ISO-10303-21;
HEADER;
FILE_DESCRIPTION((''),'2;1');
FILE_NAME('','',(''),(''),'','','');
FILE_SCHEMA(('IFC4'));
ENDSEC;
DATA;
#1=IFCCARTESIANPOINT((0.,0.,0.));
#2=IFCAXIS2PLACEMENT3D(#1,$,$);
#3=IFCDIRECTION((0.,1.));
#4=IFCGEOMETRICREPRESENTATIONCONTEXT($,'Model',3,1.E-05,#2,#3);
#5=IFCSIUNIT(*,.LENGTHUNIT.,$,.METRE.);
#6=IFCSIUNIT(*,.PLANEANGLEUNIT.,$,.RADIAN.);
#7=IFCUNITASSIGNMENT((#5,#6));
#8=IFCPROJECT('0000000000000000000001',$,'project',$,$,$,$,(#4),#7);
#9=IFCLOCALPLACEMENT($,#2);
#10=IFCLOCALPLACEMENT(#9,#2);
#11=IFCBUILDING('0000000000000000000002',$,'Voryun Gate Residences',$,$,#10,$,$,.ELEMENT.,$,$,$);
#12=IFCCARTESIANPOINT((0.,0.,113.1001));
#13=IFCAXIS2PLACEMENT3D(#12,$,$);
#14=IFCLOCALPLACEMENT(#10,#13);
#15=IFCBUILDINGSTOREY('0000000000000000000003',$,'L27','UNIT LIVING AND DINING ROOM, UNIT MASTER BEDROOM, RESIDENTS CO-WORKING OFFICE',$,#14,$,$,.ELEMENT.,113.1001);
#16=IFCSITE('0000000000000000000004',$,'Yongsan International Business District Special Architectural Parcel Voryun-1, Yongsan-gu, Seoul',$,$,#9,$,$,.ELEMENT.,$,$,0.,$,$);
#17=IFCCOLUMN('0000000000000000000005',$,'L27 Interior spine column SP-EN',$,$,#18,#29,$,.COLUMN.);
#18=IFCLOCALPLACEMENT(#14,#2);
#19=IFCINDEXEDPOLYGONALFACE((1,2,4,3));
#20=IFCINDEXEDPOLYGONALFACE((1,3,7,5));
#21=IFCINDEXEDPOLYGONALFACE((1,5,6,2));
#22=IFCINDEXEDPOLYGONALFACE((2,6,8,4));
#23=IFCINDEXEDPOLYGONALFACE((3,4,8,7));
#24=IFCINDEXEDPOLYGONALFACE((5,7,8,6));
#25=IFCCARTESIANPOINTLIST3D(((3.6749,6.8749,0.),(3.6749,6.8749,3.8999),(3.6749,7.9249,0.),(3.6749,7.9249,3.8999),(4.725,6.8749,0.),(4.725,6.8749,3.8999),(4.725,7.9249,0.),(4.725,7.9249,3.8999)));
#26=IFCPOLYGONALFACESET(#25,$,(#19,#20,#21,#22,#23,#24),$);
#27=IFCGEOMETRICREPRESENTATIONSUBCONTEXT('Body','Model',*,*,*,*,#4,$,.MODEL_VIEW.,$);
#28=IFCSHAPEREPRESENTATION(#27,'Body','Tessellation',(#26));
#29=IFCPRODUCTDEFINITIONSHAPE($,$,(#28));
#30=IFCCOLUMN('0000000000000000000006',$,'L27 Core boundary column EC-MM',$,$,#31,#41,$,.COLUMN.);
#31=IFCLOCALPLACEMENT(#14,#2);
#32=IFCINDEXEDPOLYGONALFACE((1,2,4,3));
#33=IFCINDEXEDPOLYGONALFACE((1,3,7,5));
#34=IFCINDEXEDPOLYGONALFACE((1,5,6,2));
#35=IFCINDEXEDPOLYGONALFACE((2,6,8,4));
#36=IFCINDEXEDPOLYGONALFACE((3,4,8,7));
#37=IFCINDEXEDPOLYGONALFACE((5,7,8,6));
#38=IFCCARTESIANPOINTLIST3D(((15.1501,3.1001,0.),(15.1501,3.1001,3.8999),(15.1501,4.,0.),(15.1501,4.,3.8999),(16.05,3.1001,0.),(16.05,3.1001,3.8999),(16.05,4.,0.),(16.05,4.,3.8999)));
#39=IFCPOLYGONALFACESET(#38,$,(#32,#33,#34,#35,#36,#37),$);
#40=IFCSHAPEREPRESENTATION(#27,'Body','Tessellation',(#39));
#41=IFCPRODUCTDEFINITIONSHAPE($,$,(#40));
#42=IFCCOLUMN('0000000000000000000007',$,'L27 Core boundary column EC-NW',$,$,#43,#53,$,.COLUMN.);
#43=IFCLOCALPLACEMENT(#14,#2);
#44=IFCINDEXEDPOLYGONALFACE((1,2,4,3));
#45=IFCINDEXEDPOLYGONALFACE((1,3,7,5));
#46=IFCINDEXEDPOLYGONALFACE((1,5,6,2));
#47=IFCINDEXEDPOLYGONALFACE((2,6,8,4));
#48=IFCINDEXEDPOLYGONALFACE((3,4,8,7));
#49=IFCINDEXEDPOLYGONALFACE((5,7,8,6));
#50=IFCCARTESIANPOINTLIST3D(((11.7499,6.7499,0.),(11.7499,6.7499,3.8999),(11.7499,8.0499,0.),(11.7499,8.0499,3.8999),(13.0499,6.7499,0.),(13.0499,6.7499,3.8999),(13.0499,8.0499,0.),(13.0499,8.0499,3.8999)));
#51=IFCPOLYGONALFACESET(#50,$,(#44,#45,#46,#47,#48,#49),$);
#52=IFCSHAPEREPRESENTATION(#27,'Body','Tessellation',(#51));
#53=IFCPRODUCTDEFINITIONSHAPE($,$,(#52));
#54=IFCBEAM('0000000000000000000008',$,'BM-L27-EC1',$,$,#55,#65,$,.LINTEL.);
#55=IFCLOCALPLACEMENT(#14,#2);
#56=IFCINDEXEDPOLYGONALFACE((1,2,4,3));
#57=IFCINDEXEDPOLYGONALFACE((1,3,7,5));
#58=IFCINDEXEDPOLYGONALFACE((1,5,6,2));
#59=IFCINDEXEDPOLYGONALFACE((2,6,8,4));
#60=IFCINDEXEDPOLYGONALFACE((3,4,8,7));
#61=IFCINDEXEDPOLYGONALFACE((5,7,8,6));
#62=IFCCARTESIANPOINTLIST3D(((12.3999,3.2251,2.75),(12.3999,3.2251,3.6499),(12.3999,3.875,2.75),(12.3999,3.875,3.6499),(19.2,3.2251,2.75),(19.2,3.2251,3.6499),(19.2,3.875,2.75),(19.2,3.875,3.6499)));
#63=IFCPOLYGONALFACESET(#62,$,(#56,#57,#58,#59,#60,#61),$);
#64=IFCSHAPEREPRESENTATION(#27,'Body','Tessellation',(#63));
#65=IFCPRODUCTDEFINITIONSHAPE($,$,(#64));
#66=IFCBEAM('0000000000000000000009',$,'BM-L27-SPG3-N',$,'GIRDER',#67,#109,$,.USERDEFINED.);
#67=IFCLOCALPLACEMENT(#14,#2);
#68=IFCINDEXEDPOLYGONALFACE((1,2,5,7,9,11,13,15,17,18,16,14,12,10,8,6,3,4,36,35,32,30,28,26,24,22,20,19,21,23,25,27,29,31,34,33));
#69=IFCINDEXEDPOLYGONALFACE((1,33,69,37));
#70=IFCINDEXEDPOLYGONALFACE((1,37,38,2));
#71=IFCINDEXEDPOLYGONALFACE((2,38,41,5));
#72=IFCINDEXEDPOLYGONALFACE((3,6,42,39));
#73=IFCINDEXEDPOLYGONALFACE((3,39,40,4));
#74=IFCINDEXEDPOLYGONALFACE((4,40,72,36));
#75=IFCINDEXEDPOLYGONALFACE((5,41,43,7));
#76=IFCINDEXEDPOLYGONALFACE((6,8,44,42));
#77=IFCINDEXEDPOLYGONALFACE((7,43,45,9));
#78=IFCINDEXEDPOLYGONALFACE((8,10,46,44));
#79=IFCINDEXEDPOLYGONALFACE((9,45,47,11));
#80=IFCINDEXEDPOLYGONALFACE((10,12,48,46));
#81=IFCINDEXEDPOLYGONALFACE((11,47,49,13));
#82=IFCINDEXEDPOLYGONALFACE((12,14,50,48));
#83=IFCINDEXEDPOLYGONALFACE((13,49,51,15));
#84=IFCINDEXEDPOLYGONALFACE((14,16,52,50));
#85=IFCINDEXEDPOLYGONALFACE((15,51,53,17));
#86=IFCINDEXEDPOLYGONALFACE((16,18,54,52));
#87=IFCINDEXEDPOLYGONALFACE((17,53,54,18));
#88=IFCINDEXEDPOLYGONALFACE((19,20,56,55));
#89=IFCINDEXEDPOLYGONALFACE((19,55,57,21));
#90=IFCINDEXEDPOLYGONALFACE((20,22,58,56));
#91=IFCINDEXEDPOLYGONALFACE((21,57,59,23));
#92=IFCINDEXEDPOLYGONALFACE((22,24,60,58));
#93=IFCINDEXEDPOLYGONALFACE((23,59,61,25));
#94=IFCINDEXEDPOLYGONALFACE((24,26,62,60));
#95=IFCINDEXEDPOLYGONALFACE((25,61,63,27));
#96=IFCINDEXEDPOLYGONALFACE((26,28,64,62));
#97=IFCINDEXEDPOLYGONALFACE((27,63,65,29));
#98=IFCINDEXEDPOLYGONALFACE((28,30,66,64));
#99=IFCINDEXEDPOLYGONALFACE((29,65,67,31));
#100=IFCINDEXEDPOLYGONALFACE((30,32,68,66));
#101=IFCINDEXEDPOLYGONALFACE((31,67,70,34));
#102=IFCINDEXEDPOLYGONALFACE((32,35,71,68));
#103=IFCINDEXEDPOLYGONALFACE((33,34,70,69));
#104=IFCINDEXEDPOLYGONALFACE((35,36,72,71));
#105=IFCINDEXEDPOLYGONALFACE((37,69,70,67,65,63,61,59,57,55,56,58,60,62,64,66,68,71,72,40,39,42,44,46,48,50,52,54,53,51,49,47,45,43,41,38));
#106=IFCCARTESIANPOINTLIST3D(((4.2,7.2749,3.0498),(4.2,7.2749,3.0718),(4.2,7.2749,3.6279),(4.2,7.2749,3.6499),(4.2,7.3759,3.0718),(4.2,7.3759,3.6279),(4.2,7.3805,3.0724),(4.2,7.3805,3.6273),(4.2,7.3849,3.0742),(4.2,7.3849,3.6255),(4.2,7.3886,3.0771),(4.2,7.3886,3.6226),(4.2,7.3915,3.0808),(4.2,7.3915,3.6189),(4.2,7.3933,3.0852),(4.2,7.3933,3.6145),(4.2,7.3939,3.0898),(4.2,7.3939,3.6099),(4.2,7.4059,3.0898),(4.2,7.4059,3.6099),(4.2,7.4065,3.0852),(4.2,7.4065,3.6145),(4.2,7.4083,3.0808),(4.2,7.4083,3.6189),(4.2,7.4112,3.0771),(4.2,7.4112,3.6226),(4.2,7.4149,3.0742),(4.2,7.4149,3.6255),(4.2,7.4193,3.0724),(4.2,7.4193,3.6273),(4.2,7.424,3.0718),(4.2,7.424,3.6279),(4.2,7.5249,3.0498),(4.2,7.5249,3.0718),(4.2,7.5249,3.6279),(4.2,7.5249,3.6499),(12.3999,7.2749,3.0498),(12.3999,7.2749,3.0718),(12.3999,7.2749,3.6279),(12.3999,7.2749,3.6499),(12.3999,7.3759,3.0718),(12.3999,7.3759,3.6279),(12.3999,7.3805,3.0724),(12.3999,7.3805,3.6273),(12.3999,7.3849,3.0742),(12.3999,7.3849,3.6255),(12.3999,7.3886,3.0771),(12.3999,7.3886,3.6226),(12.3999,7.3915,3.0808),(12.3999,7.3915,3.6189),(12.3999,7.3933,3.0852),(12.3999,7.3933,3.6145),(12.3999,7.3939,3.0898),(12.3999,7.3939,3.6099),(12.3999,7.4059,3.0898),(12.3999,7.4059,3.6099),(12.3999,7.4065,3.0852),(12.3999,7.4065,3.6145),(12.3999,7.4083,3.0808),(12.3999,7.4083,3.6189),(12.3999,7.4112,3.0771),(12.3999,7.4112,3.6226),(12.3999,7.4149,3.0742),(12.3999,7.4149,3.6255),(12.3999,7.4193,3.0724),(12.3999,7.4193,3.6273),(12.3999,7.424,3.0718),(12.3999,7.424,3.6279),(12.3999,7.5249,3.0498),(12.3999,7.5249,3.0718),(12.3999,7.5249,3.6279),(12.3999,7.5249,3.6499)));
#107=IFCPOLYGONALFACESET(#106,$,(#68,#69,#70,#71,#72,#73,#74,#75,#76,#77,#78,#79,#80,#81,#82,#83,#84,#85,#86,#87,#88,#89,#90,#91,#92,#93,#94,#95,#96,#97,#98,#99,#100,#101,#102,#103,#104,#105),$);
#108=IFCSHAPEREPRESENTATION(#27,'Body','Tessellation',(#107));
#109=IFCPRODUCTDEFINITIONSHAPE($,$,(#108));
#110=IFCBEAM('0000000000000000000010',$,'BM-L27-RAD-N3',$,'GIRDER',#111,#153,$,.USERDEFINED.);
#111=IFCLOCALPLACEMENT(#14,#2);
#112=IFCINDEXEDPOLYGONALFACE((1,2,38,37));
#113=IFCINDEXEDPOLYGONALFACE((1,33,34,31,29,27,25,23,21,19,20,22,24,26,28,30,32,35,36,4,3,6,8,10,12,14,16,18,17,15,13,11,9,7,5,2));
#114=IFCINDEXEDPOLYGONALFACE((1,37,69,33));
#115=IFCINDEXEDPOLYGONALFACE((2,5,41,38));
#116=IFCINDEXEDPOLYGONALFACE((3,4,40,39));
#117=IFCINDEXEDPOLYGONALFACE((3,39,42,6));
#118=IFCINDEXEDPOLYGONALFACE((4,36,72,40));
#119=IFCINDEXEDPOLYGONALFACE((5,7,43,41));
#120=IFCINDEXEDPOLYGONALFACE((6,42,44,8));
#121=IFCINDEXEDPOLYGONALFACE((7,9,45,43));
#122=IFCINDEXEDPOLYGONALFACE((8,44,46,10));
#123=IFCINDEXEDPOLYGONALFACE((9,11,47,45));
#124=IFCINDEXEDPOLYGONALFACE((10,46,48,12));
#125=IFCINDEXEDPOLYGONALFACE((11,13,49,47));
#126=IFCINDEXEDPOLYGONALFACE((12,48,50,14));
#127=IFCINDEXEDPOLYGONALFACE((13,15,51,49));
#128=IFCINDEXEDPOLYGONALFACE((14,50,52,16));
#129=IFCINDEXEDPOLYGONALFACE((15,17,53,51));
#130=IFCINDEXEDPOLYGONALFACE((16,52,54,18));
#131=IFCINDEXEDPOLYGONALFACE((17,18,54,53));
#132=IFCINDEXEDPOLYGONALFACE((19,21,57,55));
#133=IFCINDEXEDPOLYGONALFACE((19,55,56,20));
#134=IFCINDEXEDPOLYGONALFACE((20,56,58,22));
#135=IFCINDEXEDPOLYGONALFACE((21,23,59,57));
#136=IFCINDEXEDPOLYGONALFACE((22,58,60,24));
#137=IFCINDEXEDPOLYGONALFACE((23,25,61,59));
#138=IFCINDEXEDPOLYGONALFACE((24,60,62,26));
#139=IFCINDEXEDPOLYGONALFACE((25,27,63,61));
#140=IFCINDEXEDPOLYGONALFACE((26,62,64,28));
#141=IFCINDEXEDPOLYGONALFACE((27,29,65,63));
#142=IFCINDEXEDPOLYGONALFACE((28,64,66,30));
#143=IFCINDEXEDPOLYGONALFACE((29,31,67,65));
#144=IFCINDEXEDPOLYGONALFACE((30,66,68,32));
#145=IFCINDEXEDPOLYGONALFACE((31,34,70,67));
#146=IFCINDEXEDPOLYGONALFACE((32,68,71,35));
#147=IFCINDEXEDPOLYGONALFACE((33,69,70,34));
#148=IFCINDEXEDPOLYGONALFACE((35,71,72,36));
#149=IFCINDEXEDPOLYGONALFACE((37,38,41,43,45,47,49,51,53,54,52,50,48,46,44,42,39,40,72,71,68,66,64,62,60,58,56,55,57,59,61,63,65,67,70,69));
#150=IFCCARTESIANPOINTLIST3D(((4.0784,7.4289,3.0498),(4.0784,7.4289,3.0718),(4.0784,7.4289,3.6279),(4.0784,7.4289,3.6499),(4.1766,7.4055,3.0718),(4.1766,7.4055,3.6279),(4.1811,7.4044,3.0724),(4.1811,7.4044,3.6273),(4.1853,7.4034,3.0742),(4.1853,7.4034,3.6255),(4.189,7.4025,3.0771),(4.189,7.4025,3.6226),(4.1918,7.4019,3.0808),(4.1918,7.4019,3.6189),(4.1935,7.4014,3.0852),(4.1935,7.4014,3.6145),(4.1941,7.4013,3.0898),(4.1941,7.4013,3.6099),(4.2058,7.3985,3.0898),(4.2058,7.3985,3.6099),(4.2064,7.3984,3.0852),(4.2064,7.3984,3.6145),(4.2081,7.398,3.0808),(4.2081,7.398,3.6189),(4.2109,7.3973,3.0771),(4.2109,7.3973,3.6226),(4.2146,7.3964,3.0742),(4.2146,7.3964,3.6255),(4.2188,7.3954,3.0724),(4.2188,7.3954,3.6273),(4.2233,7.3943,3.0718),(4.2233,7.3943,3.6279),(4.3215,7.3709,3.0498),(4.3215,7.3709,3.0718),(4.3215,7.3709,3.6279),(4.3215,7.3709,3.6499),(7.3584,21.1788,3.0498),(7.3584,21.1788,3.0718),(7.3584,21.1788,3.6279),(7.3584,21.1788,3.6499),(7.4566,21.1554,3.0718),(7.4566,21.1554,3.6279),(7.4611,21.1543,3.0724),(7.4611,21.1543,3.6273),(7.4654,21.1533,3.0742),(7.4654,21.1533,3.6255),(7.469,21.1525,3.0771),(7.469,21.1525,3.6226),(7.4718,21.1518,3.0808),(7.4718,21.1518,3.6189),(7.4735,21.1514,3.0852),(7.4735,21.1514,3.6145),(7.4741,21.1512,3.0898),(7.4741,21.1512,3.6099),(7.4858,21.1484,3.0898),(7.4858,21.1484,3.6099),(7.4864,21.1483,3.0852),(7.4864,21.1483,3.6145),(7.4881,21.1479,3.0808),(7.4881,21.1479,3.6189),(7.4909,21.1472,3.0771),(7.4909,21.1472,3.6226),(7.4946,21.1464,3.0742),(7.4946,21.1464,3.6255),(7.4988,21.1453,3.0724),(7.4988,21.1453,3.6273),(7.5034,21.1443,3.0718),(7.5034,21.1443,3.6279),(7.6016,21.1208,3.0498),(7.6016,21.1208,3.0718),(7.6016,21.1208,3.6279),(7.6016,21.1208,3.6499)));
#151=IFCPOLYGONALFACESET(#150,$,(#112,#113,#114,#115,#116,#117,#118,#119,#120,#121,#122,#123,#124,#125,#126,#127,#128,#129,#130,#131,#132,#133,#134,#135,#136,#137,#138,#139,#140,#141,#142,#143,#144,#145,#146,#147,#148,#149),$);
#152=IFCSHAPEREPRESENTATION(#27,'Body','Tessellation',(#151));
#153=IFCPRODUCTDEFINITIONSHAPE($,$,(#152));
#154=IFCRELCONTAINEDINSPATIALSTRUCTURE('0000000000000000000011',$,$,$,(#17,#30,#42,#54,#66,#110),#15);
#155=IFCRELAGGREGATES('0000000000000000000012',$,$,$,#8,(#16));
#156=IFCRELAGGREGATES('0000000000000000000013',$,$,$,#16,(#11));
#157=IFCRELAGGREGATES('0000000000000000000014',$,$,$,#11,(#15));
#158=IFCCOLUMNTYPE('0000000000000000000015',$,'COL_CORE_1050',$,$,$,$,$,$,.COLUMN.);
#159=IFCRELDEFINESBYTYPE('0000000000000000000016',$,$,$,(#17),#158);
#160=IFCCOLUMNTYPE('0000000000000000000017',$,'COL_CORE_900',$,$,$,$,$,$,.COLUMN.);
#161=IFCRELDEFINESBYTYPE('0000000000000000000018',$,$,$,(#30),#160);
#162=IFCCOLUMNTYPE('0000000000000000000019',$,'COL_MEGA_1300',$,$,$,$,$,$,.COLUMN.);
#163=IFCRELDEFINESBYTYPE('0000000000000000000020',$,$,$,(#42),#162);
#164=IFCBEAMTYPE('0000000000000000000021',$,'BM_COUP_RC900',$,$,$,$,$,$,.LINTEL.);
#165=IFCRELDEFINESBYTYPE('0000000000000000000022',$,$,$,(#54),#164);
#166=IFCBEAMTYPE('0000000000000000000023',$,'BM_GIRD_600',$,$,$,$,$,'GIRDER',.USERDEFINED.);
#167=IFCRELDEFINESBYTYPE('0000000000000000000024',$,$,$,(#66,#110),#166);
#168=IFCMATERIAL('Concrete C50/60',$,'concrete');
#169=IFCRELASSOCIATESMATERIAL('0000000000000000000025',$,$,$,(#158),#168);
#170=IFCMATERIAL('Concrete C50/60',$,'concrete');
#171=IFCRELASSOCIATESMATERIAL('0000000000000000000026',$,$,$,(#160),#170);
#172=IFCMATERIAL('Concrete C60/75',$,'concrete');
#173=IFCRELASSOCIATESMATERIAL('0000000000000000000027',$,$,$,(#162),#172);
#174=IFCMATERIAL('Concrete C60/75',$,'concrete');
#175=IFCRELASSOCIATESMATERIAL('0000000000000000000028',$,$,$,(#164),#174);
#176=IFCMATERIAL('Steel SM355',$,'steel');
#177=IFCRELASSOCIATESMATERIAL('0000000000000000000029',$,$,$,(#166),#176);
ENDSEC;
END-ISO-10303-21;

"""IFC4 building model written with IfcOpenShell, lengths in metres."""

from ifc_helpers import new_model, si_unit, direction, frame, origin, origin_2d, place, context, subcontext, project, spatial, rectangle, i_section, extrude, material, material_profile, profile_set, type_object, element, save


model = new_model("IFC4")

# Units and contexts
model_context = context("Model", 3, precision=1e-05, world=origin(), true_north=direction((0.0, 1.0)))
body_context = subcontext(model_context, "Body", "Model", "MODEL_VIEW")
ifc_project = project(units=[si_unit("LENGTHUNIT", "METRE"), si_unit("PLANEANGLEUNIT", "RADIAN")], contexts=[model_context])

# Site, building, storey
site_placement = place(None, origin())
site = spatial("IfcSite", under=ifc_project, at=site_placement, Name="Yongsan International Business District Special Architectural Parcel Voryun-1, Yongsan-gu, Seoul", CompositionType="ELEMENT", RefElevation=0.0)
building_placement = place(site_placement, origin())
building = spatial("IfcBuilding", under=site, at=building_placement, Name="Voryun Gate Residences", CompositionType="ELEMENT")
storey_placement = place(building_placement, frame((0.0, 0.0, 113.1001)))
storey = spatial("IfcBuildingStorey", under=building, at=storey_placement, Name="L27", Description="UNIT LIVING AND DINING ROOM, UNIT MASTER BEDROOM, RESIDENTS CO-WORKING OFFICE", CompositionType="ELEMENT", Elevation=113.1001)

# Columns
ifc_material_1 = material(Name="Concrete C50/60", Category="concrete")
ifc_material_profile_1 = material_profile(ifc_material_1, rectangle(XDim=1.05, YDim=1.05, at=origin_2d()), Name="RC-1050x1050")
ifc_profile_set_1 = profile_set([ifc_material_profile_1], Name="Concrete C50/60")
column_type_1 = type_object("IfcColumnType", Name="COL_CORE_1050", PredefinedType="COLUMN", material=ifc_profile_set_1)
column_1_placement = place(storey_placement, frame((4.2, 7.3999, 0.0), z_axis=(0.0, 0.0, 1.0), x_axis=(1.0, 0.0, 0.0)))
element("IfcColumn", 1, at=column_1_placement, inside=storey, type_object=column_type_1, Name="L27 Interior spine column SP-EN", PredefinedType="COLUMN", context=body_context, shape_type="SweptSolid", body=[
    extrude(rectangle(XDim=1.05, YDim=1.05, at=origin_2d()), origin(), (0.0, 0.0, 1.0), 3.8999),
])
ifc_material_2 = material(Name="Concrete C50/60", Category="concrete")
ifc_material_profile_2 = material_profile(ifc_material_2, rectangle(XDim=0.8999, YDim=0.8999, at=origin_2d()), Name="RC-900x900")
ifc_profile_set_2 = profile_set([ifc_material_profile_2], Name="Concrete C50/60")
column_type_2 = type_object("IfcColumnType", Name="COL_CORE_900", PredefinedType="COLUMN", material=ifc_profile_set_2)
column_2_placement = place(storey_placement, frame((15.6001, 3.55, 0.0), z_axis=(0.0, 0.0, 1.0), x_axis=(1.0, 0.0, 0.0)))
element("IfcColumn", 2, at=column_2_placement, inside=storey, type_object=column_type_2, Name="L27 Core boundary column EC-MM", PredefinedType="COLUMN", context=body_context, shape_type="SweptSolid", body=[
    extrude(rectangle(XDim=0.8999, YDim=0.8999, at=origin_2d()), origin(), (0.0, 0.0, 1.0), 3.8999),
])
ifc_material_3 = material(Name="Concrete C60/75", Category="concrete")
ifc_material_profile_3 = material_profile(ifc_material_3, rectangle(XDim=1.3, YDim=1.3, at=origin_2d()), Name="RC-1300x1300")
ifc_profile_set_3 = profile_set([ifc_material_profile_3], Name="Concrete C60/75")
column_type_3 = type_object("IfcColumnType", Name="COL_MEGA_1300", PredefinedType="COLUMN", material=ifc_profile_set_3)
column_3_placement = place(storey_placement, frame((12.3999, 7.3999, 0.0), z_axis=(0.0, 0.0, 1.0), x_axis=(1.0, 0.0, 0.0)))
element("IfcColumn", 3, at=column_3_placement, inside=storey, type_object=column_type_3, Name="L27 Core boundary column EC-NW", PredefinedType="COLUMN", context=body_context, shape_type="SweptSolid", body=[
    extrude(rectangle(XDim=1.3, YDim=1.3, at=origin_2d()), origin(), (0.0, 0.0, 1.0), 3.8999),
])

# Beams
ifc_material_4 = material(Name="Concrete C60/75", Category="concrete")
ifc_material_profile_4 = material_profile(ifc_material_4, rectangle(XDim=0.6499, YDim=0.8999, at=origin_2d()), Name="RC-650x900")
ifc_profile_set_4 = profile_set([ifc_material_profile_4], Name="Concrete C60/75")
beam_type_1 = type_object("IfcBeamType", Name="BM_COUP_RC900", PredefinedType="LINTEL", material=ifc_profile_set_4)
beam_1_placement = place(storey_placement, frame((12.3999, 3.55, 3.2), z_axis=(1.0, 0.0, 0.0), x_axis=(0.0, 1.0, 0.0)))
element("IfcBeam", 4, at=beam_1_placement, inside=storey, type_object=beam_type_1, Name="BM-L27-EC1", PredefinedType="LINTEL", context=body_context, shape_type="SweptSolid", body=[
    extrude(rectangle(XDim=0.6499, YDim=0.8999, at=origin_2d()), origin(), (0.0, 0.0, 1.0), 6.8),
])
ifc_material_5 = material(Name="Steel SM355", Category="steel")
ifc_material_profile_5 = material_profile(ifc_material_5, i_section(OverallWidth=0.25, OverallDepth=0.6001, WebThickness=0.012, FlangeThickness=0.022, FilletRadius=0.0181, at=origin_2d()), Name="H-600x250x12x22")
ifc_profile_set_5 = profile_set([ifc_material_profile_5], Name="Steel SM355")
beam_type_2 = type_object("IfcBeamType", Name="BM_GIRD_600", ElementType="GIRDER", PredefinedType="USERDEFINED", material=ifc_profile_set_5)
beam_2_placement = place(storey_placement, frame((4.2, 7.3999, 3.3499), z_axis=(1.0, 0.0, 0.0), x_axis=(0.0, 1.0, 0.0)))
element("IfcBeam", 5, at=beam_2_placement, inside=storey, type_object=beam_type_2, Name="BM-L27-SPG3-N", ObjectType="GIRDER", PredefinedType="USERDEFINED", context=body_context, shape_type="SweptSolid", body=[
    extrude(i_section(OverallWidth=0.25, OverallDepth=0.6001, WebThickness=0.012, FlangeThickness=0.022, FilletRadius=0.0181, at=origin_2d()), origin(), (0.0, 0.0, 1.0), 8.2),
])
beam_3_placement = place(storey_placement, frame((4.2, 7.3999, 3.3499), z_axis=(0.232037, 0.972707, 0.0), x_axis=(-0.972707, 0.232037, 0.0)))
element("IfcBeam", 6, at=beam_3_placement, inside=storey, type_object=beam_type_2, Name="BM-L27-RAD-N3", ObjectType="GIRDER", PredefinedType="USERDEFINED", context=body_context, shape_type="SweptSolid", body=[
    extrude(i_section(OverallWidth=0.25, OverallDepth=0.6001, WebThickness=0.012, FlangeThickness=0.022, FilletRadius=0.0181, at=origin_2d()), origin(), (0.0, 0.0, 1.0), 14.1357),
])

save(model, "model.ifc")
